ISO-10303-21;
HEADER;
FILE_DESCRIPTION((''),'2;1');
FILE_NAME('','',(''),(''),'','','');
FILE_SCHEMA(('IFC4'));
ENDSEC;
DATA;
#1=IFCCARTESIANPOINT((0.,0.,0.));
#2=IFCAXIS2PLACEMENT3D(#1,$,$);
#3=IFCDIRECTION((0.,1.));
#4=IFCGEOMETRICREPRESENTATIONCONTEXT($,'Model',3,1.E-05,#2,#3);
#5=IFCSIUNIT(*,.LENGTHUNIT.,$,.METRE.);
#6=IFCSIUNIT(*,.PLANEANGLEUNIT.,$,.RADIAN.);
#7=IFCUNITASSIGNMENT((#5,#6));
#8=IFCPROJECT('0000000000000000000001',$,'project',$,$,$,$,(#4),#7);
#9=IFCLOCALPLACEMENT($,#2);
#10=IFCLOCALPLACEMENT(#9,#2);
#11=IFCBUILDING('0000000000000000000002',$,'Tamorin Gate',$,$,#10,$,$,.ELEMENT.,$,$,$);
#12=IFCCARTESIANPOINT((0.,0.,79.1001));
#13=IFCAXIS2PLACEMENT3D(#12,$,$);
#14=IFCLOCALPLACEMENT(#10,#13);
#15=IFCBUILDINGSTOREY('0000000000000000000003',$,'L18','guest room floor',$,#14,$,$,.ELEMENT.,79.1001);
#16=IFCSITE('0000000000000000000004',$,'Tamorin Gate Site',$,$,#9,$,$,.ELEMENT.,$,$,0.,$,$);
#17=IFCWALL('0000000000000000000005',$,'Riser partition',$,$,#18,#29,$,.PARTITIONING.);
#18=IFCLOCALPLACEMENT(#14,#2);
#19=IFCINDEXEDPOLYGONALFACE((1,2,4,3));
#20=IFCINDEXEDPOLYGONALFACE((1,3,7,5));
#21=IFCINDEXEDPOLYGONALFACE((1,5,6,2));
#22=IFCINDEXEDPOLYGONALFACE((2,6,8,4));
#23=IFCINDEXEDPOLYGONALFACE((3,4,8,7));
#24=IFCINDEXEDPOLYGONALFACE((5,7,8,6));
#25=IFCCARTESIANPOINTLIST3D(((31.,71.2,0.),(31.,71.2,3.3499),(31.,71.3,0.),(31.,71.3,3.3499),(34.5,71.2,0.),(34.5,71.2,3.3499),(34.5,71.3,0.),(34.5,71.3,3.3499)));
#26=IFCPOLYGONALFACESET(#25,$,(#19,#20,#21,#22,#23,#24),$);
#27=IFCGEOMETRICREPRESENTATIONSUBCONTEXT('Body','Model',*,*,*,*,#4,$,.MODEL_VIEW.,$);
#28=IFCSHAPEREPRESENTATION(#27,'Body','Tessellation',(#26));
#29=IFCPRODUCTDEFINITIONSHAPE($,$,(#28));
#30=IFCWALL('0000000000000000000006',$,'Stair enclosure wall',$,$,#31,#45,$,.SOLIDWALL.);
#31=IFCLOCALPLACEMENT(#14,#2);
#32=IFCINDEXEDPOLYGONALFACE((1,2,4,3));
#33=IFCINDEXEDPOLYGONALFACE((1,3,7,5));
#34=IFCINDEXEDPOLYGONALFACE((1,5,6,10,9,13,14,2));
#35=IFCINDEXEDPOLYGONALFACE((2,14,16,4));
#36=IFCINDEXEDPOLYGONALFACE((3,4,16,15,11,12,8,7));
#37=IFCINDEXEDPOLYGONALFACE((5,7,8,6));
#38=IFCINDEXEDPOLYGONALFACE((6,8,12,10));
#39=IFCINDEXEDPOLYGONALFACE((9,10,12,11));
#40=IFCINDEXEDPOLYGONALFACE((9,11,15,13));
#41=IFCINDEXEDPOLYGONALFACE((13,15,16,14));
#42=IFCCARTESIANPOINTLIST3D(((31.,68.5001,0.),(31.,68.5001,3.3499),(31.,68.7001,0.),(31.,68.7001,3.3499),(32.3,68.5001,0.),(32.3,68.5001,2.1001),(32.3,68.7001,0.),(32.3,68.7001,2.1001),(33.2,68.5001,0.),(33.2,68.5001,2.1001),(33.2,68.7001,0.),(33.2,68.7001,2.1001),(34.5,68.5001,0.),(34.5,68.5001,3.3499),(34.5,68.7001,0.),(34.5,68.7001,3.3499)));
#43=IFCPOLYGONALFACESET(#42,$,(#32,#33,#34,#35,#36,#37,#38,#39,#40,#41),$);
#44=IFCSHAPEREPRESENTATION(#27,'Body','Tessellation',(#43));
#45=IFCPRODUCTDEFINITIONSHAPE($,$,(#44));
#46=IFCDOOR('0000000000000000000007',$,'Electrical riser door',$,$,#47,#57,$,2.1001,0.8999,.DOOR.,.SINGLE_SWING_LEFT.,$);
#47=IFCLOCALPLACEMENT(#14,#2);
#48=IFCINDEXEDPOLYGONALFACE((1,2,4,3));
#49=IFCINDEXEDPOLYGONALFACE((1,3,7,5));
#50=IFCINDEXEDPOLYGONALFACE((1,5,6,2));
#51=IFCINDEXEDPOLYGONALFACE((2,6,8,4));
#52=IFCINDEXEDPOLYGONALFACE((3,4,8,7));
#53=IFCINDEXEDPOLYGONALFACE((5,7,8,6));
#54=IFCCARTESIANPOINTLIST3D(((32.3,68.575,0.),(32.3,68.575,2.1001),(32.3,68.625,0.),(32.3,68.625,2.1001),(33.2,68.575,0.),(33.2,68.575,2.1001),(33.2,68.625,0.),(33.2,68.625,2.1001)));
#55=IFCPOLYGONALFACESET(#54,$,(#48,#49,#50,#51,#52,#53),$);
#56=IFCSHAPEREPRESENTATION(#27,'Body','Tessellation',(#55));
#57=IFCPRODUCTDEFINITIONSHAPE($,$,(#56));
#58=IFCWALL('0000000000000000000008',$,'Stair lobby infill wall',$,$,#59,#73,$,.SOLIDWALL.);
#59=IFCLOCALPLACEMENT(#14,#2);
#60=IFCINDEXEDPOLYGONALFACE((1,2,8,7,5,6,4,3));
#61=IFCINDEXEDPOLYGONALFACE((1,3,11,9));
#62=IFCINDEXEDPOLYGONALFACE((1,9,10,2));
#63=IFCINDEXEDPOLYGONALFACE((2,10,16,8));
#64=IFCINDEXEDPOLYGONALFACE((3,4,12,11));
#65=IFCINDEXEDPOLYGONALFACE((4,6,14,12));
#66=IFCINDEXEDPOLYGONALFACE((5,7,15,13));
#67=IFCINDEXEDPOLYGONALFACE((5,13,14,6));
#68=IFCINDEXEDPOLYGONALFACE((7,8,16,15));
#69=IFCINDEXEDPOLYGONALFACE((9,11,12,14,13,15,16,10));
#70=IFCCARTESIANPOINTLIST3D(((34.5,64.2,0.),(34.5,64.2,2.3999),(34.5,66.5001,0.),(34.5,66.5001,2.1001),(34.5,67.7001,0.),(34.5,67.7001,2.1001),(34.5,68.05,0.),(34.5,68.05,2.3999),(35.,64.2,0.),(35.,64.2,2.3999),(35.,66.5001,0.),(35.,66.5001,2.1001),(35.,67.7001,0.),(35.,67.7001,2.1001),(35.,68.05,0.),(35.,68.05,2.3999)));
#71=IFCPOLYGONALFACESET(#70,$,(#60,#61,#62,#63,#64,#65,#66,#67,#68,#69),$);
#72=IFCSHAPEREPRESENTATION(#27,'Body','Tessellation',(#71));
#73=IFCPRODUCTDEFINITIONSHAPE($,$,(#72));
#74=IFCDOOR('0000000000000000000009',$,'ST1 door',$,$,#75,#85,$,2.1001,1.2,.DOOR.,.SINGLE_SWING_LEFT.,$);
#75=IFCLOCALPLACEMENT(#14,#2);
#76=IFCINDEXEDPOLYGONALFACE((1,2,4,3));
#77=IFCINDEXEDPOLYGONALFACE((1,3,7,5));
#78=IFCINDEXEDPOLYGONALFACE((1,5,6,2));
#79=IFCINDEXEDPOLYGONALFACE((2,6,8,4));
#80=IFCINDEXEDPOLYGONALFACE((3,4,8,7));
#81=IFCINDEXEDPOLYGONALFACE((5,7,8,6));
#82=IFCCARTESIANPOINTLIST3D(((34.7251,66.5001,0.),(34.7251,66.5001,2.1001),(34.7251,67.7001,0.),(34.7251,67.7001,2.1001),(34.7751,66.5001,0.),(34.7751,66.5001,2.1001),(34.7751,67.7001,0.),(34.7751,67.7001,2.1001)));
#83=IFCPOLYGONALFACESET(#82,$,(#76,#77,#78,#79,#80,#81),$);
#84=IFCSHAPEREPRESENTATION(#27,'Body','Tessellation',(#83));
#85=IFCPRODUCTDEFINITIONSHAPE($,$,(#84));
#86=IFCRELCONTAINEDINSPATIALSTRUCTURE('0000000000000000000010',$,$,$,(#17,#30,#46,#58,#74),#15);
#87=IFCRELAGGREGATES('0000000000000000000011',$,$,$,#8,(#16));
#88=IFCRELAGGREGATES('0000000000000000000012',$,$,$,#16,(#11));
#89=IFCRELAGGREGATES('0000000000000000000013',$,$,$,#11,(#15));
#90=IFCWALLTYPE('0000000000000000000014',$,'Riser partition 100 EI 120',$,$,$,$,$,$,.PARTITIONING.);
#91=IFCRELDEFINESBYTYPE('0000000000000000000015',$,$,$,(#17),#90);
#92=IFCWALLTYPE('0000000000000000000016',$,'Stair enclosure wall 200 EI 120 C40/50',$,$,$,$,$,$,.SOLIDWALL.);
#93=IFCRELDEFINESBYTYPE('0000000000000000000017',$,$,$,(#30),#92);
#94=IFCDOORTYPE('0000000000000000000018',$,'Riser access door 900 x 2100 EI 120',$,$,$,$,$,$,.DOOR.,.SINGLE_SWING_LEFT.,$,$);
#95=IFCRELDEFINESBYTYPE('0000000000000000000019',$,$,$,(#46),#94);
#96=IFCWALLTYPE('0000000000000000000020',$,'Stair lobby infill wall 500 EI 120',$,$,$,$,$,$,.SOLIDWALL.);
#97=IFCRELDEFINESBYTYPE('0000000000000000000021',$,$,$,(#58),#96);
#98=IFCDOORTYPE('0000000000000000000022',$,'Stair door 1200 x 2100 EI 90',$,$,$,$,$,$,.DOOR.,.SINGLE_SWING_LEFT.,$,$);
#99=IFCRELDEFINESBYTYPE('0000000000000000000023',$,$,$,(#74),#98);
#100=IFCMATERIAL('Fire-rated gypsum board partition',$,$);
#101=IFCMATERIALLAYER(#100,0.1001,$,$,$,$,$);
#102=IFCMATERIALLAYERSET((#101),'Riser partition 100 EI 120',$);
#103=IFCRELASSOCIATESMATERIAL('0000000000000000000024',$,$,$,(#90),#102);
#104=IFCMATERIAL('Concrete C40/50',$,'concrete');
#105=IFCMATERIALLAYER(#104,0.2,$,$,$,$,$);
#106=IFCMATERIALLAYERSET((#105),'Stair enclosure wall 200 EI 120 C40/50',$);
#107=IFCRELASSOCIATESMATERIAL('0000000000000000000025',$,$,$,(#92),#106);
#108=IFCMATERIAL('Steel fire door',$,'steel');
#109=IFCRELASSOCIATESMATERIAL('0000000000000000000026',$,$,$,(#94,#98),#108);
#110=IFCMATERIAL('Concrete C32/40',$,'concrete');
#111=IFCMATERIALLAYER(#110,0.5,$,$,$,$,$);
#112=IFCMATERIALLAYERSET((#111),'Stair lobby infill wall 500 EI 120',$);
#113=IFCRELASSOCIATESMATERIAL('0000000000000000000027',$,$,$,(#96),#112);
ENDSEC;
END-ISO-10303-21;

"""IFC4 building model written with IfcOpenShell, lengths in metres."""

from ifc_helpers import new_model, si_unit, direction, frame, frame_2d, origin, place, context, subcontext, project, spatial, rectangle, extrude, material, layer, layer_set, type_object, element, fill, save


model = new_model("IFC4")

# Units and contexts
model_context = context("Model", 3, precision=1e-05, world=origin(), true_north=direction((0.0, 1.0)))
body_context = subcontext(model_context, "Body", "Model", "MODEL_VIEW")
ifc_project = project(units=[si_unit("LENGTHUNIT", "METRE"), si_unit("PLANEANGLEUNIT", "RADIAN")], contexts=[model_context])

# Site, building, storey
site_placement = place(None, origin())
site = spatial("IfcSite", under=ifc_project, at=site_placement, Name="Tamorin Gate Site", CompositionType="ELEMENT", RefElevation=0.0)
building_placement = place(site_placement, origin())
building = spatial("IfcBuilding", under=site, at=building_placement, Name="Tamorin Gate", CompositionType="ELEMENT")
storey_placement = place(building_placement, frame((0.0, 0.0, 79.1001)))
storey = spatial("IfcBuildingStorey", under=building, at=storey_placement, Name="L18", Description="guest room floor", CompositionType="ELEMENT", Elevation=79.1001)

# Shared definitions
ifc_material_1 = material(Name="Concrete C32/40", Category="concrete")

# Wall
ifc_material_2 = material(Name="Fire-rated gypsum board partition")
ifc_layer_1 = layer(ifc_material_2, 0.1001)
ifc_layer_set_1 = layer_set([ifc_layer_1], Name="Riser partition 100 EI 120")
wall_type_1 = type_object("IfcWallType", Name="Riser partition 100 EI 120", PredefinedType="PARTITIONING", material=ifc_layer_set_1)
wall_1_placement = place(storey_placement, frame((31.0, 71.25, 0.0), z_axis=(0.0, 0.0, 1.0), x_axis=(1.0, 0.0, 0.0)))
element("IfcWall", 1, at=wall_1_placement, inside=storey, type_object=wall_type_1, Name="Riser partition", PredefinedType="PARTITIONING", context=body_context, shape_type="SweptSolid", body=[
    extrude(rectangle(XDim=3.5, YDim=0.1001, at=frame_2d((1.75, 0.0))), origin(), (0.0, 0.0, 1.0), 3.3499),
])

# Walls, openings, doors
ifc_material_3 = material(Name="Concrete C40/50", Category="concrete")
ifc_layer_2 = layer(ifc_material_3, 0.2)
ifc_layer_set_2 = layer_set([ifc_layer_2], Name="Stair enclosure wall 200 EI 120 C40/50")
wall_type_2 = type_object("IfcWallType", Name="Stair enclosure wall 200 EI 120 C40/50", PredefinedType="SOLIDWALL", material=ifc_layer_set_2)
wall_2_placement = place(storey_placement, frame((31.0, 68.6001, 0.0), z_axis=(0.0, 0.0, 1.0), x_axis=(1.0, 0.0, 0.0)))
wall_2 = element("IfcWall", 2, at=wall_2_placement, inside=storey, type_object=wall_type_2, Name="Stair enclosure wall", PredefinedType="SOLIDWALL", context=body_context, shape_type="SweptSolid", body=[
    extrude(rectangle(XDim=3.5, YDim=0.2, at=frame_2d((1.75, 0.0))), origin(), (0.0, 0.0, 1.0), 3.3499),
])
opening_1_placement = place(wall_2_placement, frame((1.3, 0.0, 0.0)))
opening_1 = element("IfcOpeningElement", 3, at=opening_1_placement, cuts=wall_2, PredefinedType="OPENING", context=body_context, shape_type="SweptSolid", body=[
    extrude(rectangle(XDim=0.8999, YDim=2.1001, at=frame_2d((0.45, 1.05))), frame((0.0, 0.1099, 0.0), z_axis=(0.0, -1.0, 0.0), x_axis=(1.0, 0.0, 0.0)), (0.0, 0.0, 1.0), 0.22),
])
ifc_material_4 = material(Name="Steel fire door", Category="steel")
door_type_1 = type_object("IfcDoorType", Name="Riser access door 900 x 2100 EI 120", OperationType="SINGLE_SWING_LEFT", PredefinedType="DOOR", material=ifc_material_4)
door_1_placement = place(opening_1_placement, origin())
door_1 = element("IfcDoor", 4, at=door_1_placement, inside=storey, type_object=door_type_1, Name="Electrical riser door", OperationType="SINGLE_SWING_LEFT", OverallHeight=2.1001, OverallWidth=0.8999, PredefinedType="DOOR", context=body_context, shape_type="SweptSolid", body=[
    extrude(rectangle(XDim=0.8999, YDim=2.1001, at=frame_2d((0.45, 1.05))), frame((0.0, 0.0249, 0.0), z_axis=(0.0, -1.0, 0.0), x_axis=(1.0, 0.0, 0.0)), (0.0, 0.0, 1.0), 0.05),
])
fill(opening_1, door_1)
ifc_layer_3 = layer(ifc_material_1, 0.5)
ifc_layer_set_3 = layer_set([ifc_layer_3], Name="Stair lobby infill wall 500 EI 120")
wall_type_3 = type_object("IfcWallType", Name="Stair lobby infill wall 500 EI 120", PredefinedType="SOLIDWALL", material=ifc_layer_set_3)
wall_3_placement = place(storey_placement, frame((34.75, 64.2, 0.0), z_axis=(0.0, 0.0, 1.0), x_axis=(0.0, 1.0, 0.0)))
wall_3 = element("IfcWall", 5, at=wall_3_placement, inside=storey, type_object=wall_type_3, Name="Stair lobby infill wall", PredefinedType="SOLIDWALL", context=body_context, shape_type="SweptSolid", body=[
    extrude(rectangle(XDim=3.8501, YDim=0.5, at=frame_2d((1.925, 0.0))), origin(), (0.0, 0.0, 1.0), 2.3999),
])
opening_2_placement = place(wall_3_placement, frame((2.3, 0.0, 0.0)))
opening_2 = element("IfcOpeningElement", 6, at=opening_2_placement, cuts=wall_3, PredefinedType="OPENING", context=body_context, shape_type="SweptSolid", body=[
    extrude(rectangle(XDim=1.2, YDim=2.1001, at=frame_2d((0.6001, 1.05))), frame((0.0, 0.26, 0.0), z_axis=(0.0, -1.0, 0.0), x_axis=(1.0, 0.0, 0.0)), (0.0, 0.0, 1.0), 0.52),
])
door_type_2 = type_object("IfcDoorType", Name="Stair door 1200 x 2100 EI 90", OperationType="SINGLE_SWING_LEFT", PredefinedType="DOOR", material=ifc_material_4)
door_2_placement = place(opening_2_placement, origin())
door_2 = element("IfcDoor", 7, at=door_2_placement, inside=storey, type_object=door_type_2, Name="ST1 door", OperationType="SINGLE_SWING_LEFT", OverallHeight=2.1001, OverallWidth=1.2, PredefinedType="DOOR", context=body_context, shape_type="SweptSolid", body=[
    extrude(rectangle(XDim=1.2, YDim=2.1001, at=frame_2d((0.6001, 1.05))), frame((0.0, 0.0249, 0.0), z_axis=(0.0, -1.0, 0.0), x_axis=(1.0, 0.0, 0.0)), (0.0, 0.0, 1.0), 0.05),
])
fill(opening_2, door_2)

save(model, "model.ifc")
